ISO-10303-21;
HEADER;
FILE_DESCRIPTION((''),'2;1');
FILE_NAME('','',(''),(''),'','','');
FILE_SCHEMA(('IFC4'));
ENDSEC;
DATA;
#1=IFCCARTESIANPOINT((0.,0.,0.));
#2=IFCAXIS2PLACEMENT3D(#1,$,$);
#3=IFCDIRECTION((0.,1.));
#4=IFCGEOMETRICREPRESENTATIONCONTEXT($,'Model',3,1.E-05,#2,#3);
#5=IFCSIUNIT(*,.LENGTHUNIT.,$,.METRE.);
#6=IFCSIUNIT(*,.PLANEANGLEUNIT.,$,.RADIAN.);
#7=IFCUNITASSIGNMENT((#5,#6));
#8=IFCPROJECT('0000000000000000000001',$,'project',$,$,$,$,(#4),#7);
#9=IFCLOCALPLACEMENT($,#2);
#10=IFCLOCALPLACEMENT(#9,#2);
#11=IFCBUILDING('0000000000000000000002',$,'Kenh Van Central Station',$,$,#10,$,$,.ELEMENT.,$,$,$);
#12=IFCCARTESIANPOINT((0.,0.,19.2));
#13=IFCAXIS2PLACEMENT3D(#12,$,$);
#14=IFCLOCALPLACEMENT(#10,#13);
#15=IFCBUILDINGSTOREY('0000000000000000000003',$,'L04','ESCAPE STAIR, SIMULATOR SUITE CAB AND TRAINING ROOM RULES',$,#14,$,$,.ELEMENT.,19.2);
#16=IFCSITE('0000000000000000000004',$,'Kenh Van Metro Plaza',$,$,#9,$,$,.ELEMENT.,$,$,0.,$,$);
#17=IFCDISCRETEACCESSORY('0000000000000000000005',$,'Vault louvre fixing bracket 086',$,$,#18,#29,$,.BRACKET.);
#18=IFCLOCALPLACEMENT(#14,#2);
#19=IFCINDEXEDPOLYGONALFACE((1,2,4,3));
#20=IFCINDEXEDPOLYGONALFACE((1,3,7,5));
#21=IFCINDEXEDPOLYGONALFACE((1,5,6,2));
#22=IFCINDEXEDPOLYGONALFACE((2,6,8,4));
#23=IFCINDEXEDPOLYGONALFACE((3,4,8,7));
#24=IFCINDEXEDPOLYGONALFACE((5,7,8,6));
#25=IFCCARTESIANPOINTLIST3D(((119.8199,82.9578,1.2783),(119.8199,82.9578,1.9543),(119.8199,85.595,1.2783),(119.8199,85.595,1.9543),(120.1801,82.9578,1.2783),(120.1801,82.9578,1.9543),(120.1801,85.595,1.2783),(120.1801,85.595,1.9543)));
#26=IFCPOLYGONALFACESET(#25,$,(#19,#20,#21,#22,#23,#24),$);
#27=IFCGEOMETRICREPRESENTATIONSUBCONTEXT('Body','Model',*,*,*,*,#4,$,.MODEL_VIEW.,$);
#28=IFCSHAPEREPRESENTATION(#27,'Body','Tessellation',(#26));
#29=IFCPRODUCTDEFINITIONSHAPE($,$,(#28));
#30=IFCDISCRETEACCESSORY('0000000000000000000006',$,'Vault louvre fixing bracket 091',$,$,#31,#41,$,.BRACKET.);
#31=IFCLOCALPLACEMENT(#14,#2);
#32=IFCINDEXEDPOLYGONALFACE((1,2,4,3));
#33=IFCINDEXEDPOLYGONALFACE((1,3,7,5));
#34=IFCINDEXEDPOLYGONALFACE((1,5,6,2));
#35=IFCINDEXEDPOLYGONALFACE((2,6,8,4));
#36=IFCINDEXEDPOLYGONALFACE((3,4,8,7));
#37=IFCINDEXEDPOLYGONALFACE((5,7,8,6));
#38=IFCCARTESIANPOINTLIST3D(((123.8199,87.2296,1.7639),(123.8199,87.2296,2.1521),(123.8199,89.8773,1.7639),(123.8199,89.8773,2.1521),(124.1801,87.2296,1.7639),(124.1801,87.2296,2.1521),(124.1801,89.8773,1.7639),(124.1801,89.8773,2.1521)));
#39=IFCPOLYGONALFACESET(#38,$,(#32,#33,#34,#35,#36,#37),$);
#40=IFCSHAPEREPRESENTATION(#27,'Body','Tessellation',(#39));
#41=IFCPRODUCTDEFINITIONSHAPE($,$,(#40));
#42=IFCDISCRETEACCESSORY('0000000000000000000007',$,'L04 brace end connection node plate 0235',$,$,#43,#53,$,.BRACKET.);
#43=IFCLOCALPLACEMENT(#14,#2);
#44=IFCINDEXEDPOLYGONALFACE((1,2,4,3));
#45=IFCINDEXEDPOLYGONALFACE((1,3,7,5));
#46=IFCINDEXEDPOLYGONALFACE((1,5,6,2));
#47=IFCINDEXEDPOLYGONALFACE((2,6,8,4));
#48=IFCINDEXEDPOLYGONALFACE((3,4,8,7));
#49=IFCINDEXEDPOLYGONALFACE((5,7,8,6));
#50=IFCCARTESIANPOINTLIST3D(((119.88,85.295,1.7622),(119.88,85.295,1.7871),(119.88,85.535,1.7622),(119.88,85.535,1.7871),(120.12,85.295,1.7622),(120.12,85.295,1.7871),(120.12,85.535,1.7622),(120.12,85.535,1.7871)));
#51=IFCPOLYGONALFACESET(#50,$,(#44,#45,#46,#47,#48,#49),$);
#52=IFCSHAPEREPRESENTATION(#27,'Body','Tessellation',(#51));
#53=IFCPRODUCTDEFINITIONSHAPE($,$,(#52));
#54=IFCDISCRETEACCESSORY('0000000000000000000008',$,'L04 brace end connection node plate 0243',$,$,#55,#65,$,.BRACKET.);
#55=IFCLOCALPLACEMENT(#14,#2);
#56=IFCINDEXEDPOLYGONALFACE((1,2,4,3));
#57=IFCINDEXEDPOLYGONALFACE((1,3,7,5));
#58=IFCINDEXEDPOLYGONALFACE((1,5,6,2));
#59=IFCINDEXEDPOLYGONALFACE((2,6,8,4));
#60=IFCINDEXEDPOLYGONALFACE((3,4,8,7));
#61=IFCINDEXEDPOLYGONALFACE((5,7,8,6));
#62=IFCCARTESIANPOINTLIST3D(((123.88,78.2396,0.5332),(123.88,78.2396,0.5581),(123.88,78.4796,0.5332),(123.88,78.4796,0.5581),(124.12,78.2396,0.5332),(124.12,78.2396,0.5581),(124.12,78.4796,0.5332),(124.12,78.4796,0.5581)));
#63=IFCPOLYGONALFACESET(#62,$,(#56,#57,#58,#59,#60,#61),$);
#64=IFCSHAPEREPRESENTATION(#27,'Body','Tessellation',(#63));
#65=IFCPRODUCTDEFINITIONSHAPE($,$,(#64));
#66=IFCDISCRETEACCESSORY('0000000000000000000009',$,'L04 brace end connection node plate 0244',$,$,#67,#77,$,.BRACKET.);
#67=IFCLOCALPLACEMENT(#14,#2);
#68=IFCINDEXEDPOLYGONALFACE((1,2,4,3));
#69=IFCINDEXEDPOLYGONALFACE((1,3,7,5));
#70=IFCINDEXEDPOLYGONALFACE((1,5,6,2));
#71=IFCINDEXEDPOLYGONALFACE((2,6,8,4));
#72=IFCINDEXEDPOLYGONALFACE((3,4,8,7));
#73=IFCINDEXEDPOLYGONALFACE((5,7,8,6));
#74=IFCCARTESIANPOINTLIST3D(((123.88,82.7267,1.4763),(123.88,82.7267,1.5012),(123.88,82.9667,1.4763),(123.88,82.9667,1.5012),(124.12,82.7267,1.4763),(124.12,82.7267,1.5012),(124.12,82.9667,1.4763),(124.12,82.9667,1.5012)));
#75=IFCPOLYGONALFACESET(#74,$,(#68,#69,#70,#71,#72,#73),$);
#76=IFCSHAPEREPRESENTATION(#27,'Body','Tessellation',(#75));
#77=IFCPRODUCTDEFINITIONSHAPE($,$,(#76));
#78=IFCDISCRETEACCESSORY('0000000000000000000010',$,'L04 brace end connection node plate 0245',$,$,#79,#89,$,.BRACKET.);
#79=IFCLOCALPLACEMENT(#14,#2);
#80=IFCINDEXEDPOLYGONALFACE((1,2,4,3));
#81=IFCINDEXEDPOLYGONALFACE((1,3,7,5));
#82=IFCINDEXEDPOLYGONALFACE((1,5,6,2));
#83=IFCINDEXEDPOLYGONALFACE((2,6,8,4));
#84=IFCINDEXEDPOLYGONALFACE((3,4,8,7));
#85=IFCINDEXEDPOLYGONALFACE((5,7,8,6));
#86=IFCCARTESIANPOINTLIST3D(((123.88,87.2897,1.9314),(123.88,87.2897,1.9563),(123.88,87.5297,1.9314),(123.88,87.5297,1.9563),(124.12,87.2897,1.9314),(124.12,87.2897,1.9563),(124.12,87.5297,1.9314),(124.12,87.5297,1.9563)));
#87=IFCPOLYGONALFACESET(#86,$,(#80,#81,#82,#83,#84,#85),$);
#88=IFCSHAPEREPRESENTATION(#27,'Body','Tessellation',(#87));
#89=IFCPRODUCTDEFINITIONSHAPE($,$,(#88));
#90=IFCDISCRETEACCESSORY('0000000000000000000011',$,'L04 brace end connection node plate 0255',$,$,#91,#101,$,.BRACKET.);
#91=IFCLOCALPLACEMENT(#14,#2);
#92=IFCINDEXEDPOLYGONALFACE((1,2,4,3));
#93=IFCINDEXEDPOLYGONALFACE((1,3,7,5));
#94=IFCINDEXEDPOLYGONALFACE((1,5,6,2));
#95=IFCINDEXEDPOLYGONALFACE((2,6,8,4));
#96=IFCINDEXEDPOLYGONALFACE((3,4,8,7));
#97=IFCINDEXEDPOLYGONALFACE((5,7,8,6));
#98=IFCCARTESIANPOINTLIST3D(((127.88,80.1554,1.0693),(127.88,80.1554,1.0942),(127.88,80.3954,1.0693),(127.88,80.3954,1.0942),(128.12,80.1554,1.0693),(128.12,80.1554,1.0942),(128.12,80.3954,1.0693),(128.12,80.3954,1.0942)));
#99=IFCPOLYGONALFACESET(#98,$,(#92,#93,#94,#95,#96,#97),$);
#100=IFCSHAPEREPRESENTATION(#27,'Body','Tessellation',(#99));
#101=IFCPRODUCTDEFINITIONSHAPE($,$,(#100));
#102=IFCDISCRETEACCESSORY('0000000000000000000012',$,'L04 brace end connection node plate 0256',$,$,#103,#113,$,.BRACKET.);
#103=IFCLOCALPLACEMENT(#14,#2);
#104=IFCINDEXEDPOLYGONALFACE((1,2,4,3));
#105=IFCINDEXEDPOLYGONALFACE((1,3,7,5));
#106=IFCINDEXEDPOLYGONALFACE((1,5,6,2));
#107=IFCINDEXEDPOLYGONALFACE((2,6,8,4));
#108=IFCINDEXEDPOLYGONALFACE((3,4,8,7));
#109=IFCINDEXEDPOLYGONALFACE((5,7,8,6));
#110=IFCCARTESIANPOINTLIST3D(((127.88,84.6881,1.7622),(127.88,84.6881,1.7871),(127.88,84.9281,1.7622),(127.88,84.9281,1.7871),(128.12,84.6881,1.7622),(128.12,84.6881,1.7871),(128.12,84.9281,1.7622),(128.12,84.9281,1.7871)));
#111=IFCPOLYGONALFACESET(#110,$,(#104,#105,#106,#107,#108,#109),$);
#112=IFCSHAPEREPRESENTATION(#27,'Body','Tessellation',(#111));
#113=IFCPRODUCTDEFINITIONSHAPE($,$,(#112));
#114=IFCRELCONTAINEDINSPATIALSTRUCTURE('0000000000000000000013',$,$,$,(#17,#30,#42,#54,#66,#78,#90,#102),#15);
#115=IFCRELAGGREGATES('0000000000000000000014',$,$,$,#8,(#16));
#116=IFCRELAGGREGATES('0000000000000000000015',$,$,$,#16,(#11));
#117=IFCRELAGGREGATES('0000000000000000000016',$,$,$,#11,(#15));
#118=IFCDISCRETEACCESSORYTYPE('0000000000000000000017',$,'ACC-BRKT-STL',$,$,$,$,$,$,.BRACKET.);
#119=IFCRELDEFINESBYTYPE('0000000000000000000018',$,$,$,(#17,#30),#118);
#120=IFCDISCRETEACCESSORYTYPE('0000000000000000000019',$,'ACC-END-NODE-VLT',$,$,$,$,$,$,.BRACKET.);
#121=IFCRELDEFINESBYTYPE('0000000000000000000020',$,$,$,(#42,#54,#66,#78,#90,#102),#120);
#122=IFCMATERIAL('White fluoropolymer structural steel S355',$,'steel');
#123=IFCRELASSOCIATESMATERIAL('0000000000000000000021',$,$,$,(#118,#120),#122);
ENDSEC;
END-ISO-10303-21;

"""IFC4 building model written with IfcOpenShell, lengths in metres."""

from ifc_helpers import new_model, si_unit, direction, frame, origin, origin_2d, place, context, subcontext, project, spatial, rectangle, extrude, material, type_object, element, save


model = new_model("IFC4")

# Units and contexts
model_context = context("Model", 3, precision=1e-05, world=origin(), true_north=direction((0.0, 1.0)))
body_context = subcontext(model_context, "Body", "Model", "MODEL_VIEW")
ifc_project = project(units=[si_unit("LENGTHUNIT", "METRE"), si_unit("PLANEANGLEUNIT", "RADIAN")], contexts=[model_context])

# Site, building, storey
site_placement = place(None, origin())
site = spatial("IfcSite", under=ifc_project, at=site_placement, Name="Kenh Van Metro Plaza", CompositionType="ELEMENT", RefElevation=0.0)
building_placement = place(site_placement, origin())
building = spatial("IfcBuilding", under=site, at=building_placement, Name="Kenh Van Central Station", CompositionType="ELEMENT")
storey_placement = place(building_placement, frame((0.0, 0.0, 19.2)))
storey = spatial("IfcBuildingStorey", under=building, at=storey_placement, Name="L04", Description="ESCAPE STAIR, SIMULATOR SUITE CAB AND TRAINING ROOM RULES", CompositionType="ELEMENT", Elevation=19.2)

# Shared definitions
ifc_material_1 = material(Name="White fluoropolymer structural steel S355", Category="steel")

# Discrete accessories
discrete_accessory_type_1 = type_object("IfcDiscreteAccessoryType", Name="ACC-BRKT-STL", PredefinedType="BRACKET", material=ifc_material_1)
discrete_accessory_1_placement = place(storey_placement, frame((120.0, 84.2764, 1.2783), z_axis=(0.0, 0.0, 1.0), x_axis=(1.0, 0.0, 0.0)))
element("IfcDiscreteAccessory", 1, at=discrete_accessory_1_placement, inside=storey, type_object=discrete_accessory_type_1, Name="Vault louvre fixing bracket 086", PredefinedType="BRACKET", context=body_context, shape_type="SweptSolid", body=[
    extrude(rectangle(XDim=0.3601, YDim=2.6372, at=origin_2d()), origin(), (0.0, 0.0, 1.0), 0.676),
])
discrete_accessory_2_placement = place(storey_placement, frame((124.0, 88.5535, 1.7639), z_axis=(0.0, 0.0, 1.0), x_axis=(1.0, 0.0, 0.0)))
element("IfcDiscreteAccessory", 2, at=discrete_accessory_2_placement, inside=storey, type_object=discrete_accessory_type_1, Name="Vault louvre fixing bracket 091", PredefinedType="BRACKET", context=body_context, shape_type="SweptSolid", body=[
    extrude(rectangle(XDim=0.3601, YDim=2.6477, at=origin_2d()), origin(), (0.0, 0.0, 1.0), 0.3882),
])
discrete_accessory_type_2 = type_object("IfcDiscreteAccessoryType", Name="ACC-END-NODE-VLT", PredefinedType="BRACKET", material=ifc_material_1)
for number, where, z_axis, x_axis, name in (
    (3, (120.0, 85.415, 1.7622), (0.0, 0.0, 1.0), (1.0, 0.0, 0.0), "L04 brace end connection node plate 0235"),
    (4, (124.0, 78.3596, 0.5332), (0.0, 0.0, 1.0), (1.0, 0.0, 0.0), "L04 brace end connection node plate 0243"),
    (5, (124.0, 82.8467, 1.4763), (0.0, 0.0, 1.0), (1.0, 0.0, 0.0), "L04 brace end connection node plate 0244"),
    (6, (124.0, 87.4097, 1.9314), (0.0, 0.0, 1.0), (1.0, 0.0, 0.0), "L04 brace end connection node plate 0245"),
    (7, (128.0, 80.2754, 1.0693), (0.0, 0.0, 1.0), (1.0, 0.0, 0.0), "L04 brace end connection node plate 0255"),
    (8, (128.0, 84.8081, 1.7622), (0.0, 0.0, 1.0), (1.0, 0.0, 0.0), "L04 brace end connection node plate 0256"),
):
    element("IfcDiscreteAccessory", number, at=place(storey_placement, frame(where, z_axis=z_axis, x_axis=x_axis)), inside=storey, type_object=discrete_accessory_type_2, Name=name, PredefinedType="BRACKET", context=body_context, shape_type="SweptSolid", body=[
        extrude(rectangle(XDim=0.24, YDim=0.24, at=origin_2d()), origin(), (0.0, 0.0, 1.0), 0.0249),
    ])

save(model, "model.ifc")
